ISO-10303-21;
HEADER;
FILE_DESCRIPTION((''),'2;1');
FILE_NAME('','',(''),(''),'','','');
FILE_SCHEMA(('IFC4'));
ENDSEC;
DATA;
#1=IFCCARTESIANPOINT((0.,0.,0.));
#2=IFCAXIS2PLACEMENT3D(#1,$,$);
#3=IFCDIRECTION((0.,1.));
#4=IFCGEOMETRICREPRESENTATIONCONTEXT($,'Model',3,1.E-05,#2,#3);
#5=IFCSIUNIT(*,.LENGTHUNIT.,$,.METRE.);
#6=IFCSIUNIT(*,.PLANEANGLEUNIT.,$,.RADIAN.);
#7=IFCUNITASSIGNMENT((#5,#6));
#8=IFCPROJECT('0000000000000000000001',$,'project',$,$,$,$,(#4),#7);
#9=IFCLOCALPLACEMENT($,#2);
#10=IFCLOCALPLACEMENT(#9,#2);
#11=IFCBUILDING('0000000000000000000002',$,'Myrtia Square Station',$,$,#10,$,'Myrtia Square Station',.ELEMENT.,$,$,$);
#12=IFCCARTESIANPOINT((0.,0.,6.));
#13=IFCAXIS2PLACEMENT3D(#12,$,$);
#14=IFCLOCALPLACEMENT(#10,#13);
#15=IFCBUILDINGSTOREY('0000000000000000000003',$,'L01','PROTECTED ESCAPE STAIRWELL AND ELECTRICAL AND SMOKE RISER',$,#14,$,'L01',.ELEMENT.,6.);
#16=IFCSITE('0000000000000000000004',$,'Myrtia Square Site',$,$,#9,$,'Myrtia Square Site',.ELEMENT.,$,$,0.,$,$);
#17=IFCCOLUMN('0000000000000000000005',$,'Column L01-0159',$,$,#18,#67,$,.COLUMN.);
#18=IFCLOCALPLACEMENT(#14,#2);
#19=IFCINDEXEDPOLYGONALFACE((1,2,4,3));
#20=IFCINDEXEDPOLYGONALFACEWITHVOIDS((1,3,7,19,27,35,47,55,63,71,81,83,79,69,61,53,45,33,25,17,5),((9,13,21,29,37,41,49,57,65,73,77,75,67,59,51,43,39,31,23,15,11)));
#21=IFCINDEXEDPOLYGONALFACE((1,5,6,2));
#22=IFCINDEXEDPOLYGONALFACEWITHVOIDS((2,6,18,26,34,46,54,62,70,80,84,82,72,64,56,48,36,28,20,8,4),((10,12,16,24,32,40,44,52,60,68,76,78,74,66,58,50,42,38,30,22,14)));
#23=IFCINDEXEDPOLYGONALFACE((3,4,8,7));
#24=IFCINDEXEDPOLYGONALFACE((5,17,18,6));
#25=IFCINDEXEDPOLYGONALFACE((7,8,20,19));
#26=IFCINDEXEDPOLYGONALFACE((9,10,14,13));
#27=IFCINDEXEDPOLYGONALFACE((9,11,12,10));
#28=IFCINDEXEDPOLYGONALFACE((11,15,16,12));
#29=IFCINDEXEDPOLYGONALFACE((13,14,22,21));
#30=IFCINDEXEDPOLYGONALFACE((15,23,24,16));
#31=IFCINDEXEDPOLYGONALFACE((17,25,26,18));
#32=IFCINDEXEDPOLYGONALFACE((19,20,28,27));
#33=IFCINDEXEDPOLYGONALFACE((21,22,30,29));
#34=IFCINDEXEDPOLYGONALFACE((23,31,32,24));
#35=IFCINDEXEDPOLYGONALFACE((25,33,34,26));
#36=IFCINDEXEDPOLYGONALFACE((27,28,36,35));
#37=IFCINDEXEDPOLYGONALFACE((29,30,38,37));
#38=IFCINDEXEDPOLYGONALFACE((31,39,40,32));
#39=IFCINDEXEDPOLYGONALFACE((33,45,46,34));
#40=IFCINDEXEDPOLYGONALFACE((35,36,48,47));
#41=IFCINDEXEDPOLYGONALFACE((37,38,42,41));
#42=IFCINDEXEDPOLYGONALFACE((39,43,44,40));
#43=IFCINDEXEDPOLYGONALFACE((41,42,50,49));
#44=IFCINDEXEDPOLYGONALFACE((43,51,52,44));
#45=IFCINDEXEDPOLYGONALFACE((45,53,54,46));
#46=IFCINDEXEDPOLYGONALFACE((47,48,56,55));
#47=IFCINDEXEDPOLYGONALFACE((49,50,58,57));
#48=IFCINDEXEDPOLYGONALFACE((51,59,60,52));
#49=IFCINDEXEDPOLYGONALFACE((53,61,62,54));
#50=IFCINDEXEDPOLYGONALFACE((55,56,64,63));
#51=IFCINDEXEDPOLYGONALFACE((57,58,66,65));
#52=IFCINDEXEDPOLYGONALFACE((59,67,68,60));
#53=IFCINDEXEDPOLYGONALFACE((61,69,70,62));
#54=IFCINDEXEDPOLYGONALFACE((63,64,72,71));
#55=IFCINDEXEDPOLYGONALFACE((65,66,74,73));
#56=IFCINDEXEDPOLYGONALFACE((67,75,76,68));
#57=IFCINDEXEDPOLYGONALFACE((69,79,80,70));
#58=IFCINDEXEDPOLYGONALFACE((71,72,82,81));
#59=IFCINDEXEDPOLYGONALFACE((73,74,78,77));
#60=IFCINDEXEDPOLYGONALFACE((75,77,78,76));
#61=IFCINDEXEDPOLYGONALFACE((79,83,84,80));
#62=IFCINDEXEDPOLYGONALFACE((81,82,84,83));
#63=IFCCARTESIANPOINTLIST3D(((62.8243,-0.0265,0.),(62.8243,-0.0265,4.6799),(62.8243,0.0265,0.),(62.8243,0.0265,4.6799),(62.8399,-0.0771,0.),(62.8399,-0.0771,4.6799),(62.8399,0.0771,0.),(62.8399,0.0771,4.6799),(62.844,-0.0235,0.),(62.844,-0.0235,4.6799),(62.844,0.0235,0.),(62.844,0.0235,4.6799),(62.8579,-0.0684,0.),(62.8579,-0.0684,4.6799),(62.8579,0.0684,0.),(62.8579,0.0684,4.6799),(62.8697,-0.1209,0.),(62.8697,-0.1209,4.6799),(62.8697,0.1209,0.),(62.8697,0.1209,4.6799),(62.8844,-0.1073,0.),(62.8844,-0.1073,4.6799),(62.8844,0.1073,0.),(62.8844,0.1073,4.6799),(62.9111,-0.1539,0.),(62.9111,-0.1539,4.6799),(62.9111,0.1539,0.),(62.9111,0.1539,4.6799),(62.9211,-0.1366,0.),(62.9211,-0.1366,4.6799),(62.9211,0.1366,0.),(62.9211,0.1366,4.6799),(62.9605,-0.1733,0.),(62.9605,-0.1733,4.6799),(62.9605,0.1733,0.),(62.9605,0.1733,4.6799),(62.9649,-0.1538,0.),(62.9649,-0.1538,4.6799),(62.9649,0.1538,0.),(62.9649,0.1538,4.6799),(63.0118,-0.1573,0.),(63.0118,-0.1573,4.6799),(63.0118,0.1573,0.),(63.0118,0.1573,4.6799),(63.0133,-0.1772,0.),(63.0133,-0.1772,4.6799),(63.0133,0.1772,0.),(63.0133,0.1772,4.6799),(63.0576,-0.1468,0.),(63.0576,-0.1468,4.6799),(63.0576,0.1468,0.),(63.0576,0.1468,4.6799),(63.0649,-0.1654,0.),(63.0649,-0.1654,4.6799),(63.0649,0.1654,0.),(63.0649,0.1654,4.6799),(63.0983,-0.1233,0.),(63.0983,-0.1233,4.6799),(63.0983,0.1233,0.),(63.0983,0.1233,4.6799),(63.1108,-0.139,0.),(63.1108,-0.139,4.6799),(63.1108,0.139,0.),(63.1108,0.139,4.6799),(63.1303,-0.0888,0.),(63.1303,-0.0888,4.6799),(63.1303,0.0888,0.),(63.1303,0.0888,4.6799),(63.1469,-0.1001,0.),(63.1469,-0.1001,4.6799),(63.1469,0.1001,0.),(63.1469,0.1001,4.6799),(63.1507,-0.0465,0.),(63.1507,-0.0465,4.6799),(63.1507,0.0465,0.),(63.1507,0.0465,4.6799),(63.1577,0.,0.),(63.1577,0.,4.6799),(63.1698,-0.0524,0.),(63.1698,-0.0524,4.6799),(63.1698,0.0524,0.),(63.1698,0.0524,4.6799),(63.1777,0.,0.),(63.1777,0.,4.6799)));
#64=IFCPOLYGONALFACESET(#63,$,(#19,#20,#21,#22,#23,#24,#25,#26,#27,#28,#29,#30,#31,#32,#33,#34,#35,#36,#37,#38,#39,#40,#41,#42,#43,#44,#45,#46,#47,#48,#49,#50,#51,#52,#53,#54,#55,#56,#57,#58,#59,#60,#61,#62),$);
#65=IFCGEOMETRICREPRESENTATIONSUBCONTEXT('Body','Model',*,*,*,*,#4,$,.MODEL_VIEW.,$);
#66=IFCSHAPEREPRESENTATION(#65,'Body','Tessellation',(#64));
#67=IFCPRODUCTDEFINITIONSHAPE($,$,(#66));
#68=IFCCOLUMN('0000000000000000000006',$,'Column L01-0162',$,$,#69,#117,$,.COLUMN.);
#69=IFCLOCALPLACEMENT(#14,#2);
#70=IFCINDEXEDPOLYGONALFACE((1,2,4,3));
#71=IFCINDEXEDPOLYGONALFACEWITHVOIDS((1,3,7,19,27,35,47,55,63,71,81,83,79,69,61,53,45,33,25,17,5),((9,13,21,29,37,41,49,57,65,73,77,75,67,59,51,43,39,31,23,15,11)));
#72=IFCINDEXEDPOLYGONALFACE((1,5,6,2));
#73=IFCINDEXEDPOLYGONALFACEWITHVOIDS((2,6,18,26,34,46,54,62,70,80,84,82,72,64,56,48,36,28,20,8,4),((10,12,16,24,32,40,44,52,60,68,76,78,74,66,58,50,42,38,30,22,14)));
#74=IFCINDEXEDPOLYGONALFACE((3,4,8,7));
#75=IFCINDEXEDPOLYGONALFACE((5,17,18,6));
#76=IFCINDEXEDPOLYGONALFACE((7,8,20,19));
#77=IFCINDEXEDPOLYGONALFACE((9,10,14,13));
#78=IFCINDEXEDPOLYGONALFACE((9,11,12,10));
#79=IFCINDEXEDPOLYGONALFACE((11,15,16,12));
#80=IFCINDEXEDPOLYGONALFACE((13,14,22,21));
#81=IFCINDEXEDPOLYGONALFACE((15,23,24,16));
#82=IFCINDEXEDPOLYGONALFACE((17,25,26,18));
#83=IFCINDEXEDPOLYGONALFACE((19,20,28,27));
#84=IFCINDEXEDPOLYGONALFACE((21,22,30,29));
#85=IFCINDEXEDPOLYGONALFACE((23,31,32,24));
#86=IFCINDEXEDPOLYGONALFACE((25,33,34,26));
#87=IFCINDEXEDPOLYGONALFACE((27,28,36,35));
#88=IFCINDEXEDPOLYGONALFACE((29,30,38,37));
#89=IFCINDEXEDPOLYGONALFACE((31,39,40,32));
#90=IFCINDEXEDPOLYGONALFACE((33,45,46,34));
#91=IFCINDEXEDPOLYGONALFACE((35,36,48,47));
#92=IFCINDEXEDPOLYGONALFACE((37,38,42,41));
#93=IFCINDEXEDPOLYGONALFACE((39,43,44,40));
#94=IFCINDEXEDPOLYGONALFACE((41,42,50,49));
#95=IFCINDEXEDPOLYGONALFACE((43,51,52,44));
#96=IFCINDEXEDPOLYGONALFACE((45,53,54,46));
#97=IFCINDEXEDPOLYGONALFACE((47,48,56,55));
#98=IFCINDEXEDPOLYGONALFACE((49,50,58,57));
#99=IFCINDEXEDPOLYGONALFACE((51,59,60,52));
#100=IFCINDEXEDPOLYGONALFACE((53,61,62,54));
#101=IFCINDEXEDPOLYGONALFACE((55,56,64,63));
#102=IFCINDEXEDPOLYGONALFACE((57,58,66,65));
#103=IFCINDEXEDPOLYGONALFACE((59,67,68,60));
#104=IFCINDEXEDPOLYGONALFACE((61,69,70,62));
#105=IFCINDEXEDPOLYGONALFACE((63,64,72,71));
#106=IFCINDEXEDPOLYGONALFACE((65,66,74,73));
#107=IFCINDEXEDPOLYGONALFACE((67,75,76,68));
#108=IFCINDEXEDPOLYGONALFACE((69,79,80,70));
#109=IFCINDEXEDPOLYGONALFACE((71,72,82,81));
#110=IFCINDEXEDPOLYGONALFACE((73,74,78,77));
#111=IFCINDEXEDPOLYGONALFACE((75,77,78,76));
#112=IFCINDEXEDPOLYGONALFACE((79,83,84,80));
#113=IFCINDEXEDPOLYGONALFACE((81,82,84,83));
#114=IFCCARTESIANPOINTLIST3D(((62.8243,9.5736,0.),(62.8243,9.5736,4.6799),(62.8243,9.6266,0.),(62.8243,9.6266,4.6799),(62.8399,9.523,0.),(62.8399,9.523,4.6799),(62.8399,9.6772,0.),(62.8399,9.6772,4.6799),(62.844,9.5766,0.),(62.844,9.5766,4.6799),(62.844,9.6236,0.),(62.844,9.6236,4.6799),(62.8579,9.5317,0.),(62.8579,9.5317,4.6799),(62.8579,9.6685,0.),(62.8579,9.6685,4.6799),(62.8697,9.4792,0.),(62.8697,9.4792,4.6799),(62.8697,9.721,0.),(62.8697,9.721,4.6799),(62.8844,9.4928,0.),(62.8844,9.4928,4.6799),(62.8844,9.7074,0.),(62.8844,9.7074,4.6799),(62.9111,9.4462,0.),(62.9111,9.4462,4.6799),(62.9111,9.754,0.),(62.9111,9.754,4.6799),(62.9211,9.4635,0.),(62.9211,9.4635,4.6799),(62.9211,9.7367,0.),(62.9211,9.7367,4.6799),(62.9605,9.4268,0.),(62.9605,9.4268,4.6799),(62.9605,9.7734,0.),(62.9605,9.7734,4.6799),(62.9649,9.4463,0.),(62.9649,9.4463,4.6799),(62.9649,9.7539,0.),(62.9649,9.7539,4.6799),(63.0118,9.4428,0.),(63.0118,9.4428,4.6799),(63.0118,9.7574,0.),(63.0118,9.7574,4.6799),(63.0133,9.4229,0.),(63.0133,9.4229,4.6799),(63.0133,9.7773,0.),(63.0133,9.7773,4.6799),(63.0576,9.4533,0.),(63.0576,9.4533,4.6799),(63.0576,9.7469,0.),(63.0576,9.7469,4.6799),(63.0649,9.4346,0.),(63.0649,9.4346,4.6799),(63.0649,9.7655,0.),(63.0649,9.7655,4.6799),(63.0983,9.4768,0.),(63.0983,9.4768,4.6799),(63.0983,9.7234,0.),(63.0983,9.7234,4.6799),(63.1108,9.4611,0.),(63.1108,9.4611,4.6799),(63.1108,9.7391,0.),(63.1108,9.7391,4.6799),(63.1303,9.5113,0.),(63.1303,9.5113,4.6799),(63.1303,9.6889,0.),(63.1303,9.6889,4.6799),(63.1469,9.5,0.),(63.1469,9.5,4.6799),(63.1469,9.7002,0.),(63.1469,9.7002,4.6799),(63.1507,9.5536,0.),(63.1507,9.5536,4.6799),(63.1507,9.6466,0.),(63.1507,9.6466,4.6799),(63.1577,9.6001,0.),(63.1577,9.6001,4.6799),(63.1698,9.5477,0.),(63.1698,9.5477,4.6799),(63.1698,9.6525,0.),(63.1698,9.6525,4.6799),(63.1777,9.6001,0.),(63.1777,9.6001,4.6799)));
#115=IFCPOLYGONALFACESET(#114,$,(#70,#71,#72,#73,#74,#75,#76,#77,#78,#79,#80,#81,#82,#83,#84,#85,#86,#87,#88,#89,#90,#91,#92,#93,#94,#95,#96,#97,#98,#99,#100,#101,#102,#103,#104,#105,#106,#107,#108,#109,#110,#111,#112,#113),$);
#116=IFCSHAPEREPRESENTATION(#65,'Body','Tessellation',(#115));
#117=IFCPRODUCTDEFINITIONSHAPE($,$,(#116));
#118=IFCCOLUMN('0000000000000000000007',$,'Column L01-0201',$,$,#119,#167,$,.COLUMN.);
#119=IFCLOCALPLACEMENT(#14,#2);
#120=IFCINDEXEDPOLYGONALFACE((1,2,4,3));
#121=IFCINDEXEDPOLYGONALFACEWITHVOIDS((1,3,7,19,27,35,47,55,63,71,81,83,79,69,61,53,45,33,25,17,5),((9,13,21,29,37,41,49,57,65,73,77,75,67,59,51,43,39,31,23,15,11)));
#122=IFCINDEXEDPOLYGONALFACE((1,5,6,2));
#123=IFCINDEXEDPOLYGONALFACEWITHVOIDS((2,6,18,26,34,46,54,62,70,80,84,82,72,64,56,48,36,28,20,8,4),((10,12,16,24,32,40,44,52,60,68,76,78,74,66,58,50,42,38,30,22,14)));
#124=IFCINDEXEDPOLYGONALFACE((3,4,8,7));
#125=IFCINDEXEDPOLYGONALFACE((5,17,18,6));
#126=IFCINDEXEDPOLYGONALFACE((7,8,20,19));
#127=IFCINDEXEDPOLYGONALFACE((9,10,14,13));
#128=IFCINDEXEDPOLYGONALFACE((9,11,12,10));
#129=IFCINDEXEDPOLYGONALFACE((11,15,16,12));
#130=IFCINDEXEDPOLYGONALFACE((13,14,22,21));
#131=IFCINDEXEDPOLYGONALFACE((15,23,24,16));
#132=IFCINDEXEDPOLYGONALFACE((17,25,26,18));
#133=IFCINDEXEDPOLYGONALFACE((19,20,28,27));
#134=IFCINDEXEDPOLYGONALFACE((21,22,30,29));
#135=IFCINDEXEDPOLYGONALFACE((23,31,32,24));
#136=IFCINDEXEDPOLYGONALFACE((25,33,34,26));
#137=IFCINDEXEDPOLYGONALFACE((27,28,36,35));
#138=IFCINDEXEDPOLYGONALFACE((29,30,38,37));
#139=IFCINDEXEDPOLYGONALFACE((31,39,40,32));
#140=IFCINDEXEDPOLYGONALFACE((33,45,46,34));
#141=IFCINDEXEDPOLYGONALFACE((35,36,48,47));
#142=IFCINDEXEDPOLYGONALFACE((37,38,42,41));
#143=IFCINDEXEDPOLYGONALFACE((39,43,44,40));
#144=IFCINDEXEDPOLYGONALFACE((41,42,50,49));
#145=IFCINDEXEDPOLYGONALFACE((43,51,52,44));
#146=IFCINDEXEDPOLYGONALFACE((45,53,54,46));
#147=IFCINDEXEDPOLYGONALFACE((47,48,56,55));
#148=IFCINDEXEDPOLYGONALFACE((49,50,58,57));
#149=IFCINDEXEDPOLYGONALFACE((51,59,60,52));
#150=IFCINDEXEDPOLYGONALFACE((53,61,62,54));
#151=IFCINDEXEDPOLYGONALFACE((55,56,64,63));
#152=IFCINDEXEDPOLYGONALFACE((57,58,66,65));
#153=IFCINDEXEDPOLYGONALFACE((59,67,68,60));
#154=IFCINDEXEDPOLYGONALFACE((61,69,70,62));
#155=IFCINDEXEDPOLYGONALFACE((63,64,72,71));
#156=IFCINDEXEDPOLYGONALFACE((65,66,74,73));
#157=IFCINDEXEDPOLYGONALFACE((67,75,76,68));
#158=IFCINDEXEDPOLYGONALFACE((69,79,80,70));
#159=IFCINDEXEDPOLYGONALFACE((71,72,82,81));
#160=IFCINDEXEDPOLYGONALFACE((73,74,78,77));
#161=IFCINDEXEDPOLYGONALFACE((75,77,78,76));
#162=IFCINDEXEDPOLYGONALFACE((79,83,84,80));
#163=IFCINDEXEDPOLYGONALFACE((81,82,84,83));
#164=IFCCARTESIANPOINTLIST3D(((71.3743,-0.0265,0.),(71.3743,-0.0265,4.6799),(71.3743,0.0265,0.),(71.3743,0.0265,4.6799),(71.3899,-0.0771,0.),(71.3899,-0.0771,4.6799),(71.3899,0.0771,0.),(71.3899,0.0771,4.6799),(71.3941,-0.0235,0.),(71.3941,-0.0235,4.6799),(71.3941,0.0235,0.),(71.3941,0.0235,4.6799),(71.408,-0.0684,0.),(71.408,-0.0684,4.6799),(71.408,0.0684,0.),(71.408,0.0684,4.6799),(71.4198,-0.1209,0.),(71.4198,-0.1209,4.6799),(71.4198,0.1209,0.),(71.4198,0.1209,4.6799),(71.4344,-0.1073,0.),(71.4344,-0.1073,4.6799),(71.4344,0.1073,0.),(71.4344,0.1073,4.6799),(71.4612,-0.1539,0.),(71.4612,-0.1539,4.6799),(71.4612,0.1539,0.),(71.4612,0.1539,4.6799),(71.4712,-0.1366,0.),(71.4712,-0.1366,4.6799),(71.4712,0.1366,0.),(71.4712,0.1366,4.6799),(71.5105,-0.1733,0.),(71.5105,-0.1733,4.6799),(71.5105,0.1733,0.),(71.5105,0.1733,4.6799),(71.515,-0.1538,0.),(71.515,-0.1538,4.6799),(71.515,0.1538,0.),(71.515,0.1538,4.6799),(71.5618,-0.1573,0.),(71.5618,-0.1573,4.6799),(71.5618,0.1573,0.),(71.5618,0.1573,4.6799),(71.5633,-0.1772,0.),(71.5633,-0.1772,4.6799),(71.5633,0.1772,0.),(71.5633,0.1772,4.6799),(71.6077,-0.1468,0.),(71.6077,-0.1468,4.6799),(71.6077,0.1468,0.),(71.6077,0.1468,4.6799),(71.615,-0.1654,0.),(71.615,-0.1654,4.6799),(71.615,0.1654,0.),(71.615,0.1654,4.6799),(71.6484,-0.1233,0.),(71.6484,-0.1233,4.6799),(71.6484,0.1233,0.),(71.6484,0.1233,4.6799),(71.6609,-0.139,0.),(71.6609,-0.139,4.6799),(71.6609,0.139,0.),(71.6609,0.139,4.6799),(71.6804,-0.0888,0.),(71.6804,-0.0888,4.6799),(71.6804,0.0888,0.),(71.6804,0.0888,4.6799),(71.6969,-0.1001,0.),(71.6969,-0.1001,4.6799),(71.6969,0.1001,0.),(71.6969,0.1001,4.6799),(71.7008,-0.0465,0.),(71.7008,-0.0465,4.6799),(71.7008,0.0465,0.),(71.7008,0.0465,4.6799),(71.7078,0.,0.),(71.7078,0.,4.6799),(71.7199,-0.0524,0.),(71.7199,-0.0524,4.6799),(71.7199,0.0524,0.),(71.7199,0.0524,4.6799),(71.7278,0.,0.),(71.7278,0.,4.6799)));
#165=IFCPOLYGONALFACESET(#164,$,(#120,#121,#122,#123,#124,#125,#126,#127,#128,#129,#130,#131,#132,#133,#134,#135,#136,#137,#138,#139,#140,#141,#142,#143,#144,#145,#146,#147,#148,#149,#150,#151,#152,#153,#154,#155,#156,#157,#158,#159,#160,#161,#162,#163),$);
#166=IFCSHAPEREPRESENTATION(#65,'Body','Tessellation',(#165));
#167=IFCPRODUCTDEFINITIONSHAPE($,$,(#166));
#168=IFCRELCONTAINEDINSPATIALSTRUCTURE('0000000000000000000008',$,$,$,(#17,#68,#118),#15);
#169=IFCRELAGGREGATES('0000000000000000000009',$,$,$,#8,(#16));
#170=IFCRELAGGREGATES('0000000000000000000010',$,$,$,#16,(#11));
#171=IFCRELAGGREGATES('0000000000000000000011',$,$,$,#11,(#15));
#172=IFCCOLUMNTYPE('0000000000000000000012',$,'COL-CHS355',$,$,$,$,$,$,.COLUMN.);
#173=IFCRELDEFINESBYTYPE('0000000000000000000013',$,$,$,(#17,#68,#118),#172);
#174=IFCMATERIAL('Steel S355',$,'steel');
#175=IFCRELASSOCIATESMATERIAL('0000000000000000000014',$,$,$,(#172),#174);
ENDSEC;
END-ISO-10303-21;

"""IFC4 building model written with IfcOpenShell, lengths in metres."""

from ifc_helpers import new_model, si_unit, direction, frame, origin, origin_2d, place, context, subcontext, project, spatial, hollow_circle, extrude, material, material_profile, profile_set, type_object, element, save


model = new_model("IFC4")

# Units and contexts
model_context = context("Model", 3, precision=1e-05, world=origin(), true_north=direction((0.0, 1.0)))
body_context = subcontext(model_context, "Body", "Model", "MODEL_VIEW")
ifc_project = project(units=[si_unit("LENGTHUNIT", "METRE"), si_unit("PLANEANGLEUNIT", "RADIAN")], contexts=[model_context])

# Site, building, storey
site_placement = place(None, origin())
site = spatial("IfcSite", under=ifc_project, at=site_placement, Name="Myrtia Square Site", LongName="Myrtia Square Site", CompositionType="ELEMENT", RefElevation=0.0)
building_placement = place(site_placement, origin())
building = spatial("IfcBuilding", under=site, at=building_placement, Name="Myrtia Square Station", LongName="Myrtia Square Station", CompositionType="ELEMENT")
storey_placement = place(building_placement, frame((0.0, 0.0, 6.0)))
storey = spatial("IfcBuildingStorey", under=building, at=storey_placement, Name="L01", Description="PROTECTED ESCAPE STAIRWELL AND ELECTRICAL AND SMOKE RISER", LongName="L01", CompositionType="ELEMENT", Elevation=6.0)

# Columns
ifc_material_1 = material(Name="Steel S355", Category="steel")
ifc_material_profile_1 = material_profile(ifc_material_1, hollow_circle(Radius=0.1777, WallThickness=0.02, at=origin_2d()), Name="CHS 355.6x20")
ifc_profile_set_1 = profile_set([ifc_material_profile_1], Name="Steel S355")
column_type_1 = type_object("IfcColumnType", Name="COL-CHS355", PredefinedType="COLUMN", material=ifc_profile_set_1)
for number, where, z_axis, x_axis, name in (
    (1, (63.0, 0.0, 0.0), (0.0, 0.0, 1.0), (1.0, 0.0, 0.0), "Column L01-0159"),
    (2, (63.0, 9.6001, 0.0), (0.0, 0.0, 1.0), (1.0, 0.0, 0.0), "Column L01-0162"),
    (3, (71.55, 0.0, 0.0), (0.0, 0.0, 1.0), (1.0, 0.0, 0.0), "Column L01-0201"),
):
    element("IfcColumn", number, at=place(storey_placement, frame(where, z_axis=z_axis, x_axis=x_axis)), inside=storey, type_object=column_type_1, Name=name, PredefinedType="COLUMN", context=body_context, shape_type="SweptSolid", body=[
        extrude(hollow_circle(Radius=0.1777, WallThickness=0.02, at=origin_2d()), origin(), (0.0, 0.0, 1.0), 4.6799),
    ])

save(model, "model.ifc")
